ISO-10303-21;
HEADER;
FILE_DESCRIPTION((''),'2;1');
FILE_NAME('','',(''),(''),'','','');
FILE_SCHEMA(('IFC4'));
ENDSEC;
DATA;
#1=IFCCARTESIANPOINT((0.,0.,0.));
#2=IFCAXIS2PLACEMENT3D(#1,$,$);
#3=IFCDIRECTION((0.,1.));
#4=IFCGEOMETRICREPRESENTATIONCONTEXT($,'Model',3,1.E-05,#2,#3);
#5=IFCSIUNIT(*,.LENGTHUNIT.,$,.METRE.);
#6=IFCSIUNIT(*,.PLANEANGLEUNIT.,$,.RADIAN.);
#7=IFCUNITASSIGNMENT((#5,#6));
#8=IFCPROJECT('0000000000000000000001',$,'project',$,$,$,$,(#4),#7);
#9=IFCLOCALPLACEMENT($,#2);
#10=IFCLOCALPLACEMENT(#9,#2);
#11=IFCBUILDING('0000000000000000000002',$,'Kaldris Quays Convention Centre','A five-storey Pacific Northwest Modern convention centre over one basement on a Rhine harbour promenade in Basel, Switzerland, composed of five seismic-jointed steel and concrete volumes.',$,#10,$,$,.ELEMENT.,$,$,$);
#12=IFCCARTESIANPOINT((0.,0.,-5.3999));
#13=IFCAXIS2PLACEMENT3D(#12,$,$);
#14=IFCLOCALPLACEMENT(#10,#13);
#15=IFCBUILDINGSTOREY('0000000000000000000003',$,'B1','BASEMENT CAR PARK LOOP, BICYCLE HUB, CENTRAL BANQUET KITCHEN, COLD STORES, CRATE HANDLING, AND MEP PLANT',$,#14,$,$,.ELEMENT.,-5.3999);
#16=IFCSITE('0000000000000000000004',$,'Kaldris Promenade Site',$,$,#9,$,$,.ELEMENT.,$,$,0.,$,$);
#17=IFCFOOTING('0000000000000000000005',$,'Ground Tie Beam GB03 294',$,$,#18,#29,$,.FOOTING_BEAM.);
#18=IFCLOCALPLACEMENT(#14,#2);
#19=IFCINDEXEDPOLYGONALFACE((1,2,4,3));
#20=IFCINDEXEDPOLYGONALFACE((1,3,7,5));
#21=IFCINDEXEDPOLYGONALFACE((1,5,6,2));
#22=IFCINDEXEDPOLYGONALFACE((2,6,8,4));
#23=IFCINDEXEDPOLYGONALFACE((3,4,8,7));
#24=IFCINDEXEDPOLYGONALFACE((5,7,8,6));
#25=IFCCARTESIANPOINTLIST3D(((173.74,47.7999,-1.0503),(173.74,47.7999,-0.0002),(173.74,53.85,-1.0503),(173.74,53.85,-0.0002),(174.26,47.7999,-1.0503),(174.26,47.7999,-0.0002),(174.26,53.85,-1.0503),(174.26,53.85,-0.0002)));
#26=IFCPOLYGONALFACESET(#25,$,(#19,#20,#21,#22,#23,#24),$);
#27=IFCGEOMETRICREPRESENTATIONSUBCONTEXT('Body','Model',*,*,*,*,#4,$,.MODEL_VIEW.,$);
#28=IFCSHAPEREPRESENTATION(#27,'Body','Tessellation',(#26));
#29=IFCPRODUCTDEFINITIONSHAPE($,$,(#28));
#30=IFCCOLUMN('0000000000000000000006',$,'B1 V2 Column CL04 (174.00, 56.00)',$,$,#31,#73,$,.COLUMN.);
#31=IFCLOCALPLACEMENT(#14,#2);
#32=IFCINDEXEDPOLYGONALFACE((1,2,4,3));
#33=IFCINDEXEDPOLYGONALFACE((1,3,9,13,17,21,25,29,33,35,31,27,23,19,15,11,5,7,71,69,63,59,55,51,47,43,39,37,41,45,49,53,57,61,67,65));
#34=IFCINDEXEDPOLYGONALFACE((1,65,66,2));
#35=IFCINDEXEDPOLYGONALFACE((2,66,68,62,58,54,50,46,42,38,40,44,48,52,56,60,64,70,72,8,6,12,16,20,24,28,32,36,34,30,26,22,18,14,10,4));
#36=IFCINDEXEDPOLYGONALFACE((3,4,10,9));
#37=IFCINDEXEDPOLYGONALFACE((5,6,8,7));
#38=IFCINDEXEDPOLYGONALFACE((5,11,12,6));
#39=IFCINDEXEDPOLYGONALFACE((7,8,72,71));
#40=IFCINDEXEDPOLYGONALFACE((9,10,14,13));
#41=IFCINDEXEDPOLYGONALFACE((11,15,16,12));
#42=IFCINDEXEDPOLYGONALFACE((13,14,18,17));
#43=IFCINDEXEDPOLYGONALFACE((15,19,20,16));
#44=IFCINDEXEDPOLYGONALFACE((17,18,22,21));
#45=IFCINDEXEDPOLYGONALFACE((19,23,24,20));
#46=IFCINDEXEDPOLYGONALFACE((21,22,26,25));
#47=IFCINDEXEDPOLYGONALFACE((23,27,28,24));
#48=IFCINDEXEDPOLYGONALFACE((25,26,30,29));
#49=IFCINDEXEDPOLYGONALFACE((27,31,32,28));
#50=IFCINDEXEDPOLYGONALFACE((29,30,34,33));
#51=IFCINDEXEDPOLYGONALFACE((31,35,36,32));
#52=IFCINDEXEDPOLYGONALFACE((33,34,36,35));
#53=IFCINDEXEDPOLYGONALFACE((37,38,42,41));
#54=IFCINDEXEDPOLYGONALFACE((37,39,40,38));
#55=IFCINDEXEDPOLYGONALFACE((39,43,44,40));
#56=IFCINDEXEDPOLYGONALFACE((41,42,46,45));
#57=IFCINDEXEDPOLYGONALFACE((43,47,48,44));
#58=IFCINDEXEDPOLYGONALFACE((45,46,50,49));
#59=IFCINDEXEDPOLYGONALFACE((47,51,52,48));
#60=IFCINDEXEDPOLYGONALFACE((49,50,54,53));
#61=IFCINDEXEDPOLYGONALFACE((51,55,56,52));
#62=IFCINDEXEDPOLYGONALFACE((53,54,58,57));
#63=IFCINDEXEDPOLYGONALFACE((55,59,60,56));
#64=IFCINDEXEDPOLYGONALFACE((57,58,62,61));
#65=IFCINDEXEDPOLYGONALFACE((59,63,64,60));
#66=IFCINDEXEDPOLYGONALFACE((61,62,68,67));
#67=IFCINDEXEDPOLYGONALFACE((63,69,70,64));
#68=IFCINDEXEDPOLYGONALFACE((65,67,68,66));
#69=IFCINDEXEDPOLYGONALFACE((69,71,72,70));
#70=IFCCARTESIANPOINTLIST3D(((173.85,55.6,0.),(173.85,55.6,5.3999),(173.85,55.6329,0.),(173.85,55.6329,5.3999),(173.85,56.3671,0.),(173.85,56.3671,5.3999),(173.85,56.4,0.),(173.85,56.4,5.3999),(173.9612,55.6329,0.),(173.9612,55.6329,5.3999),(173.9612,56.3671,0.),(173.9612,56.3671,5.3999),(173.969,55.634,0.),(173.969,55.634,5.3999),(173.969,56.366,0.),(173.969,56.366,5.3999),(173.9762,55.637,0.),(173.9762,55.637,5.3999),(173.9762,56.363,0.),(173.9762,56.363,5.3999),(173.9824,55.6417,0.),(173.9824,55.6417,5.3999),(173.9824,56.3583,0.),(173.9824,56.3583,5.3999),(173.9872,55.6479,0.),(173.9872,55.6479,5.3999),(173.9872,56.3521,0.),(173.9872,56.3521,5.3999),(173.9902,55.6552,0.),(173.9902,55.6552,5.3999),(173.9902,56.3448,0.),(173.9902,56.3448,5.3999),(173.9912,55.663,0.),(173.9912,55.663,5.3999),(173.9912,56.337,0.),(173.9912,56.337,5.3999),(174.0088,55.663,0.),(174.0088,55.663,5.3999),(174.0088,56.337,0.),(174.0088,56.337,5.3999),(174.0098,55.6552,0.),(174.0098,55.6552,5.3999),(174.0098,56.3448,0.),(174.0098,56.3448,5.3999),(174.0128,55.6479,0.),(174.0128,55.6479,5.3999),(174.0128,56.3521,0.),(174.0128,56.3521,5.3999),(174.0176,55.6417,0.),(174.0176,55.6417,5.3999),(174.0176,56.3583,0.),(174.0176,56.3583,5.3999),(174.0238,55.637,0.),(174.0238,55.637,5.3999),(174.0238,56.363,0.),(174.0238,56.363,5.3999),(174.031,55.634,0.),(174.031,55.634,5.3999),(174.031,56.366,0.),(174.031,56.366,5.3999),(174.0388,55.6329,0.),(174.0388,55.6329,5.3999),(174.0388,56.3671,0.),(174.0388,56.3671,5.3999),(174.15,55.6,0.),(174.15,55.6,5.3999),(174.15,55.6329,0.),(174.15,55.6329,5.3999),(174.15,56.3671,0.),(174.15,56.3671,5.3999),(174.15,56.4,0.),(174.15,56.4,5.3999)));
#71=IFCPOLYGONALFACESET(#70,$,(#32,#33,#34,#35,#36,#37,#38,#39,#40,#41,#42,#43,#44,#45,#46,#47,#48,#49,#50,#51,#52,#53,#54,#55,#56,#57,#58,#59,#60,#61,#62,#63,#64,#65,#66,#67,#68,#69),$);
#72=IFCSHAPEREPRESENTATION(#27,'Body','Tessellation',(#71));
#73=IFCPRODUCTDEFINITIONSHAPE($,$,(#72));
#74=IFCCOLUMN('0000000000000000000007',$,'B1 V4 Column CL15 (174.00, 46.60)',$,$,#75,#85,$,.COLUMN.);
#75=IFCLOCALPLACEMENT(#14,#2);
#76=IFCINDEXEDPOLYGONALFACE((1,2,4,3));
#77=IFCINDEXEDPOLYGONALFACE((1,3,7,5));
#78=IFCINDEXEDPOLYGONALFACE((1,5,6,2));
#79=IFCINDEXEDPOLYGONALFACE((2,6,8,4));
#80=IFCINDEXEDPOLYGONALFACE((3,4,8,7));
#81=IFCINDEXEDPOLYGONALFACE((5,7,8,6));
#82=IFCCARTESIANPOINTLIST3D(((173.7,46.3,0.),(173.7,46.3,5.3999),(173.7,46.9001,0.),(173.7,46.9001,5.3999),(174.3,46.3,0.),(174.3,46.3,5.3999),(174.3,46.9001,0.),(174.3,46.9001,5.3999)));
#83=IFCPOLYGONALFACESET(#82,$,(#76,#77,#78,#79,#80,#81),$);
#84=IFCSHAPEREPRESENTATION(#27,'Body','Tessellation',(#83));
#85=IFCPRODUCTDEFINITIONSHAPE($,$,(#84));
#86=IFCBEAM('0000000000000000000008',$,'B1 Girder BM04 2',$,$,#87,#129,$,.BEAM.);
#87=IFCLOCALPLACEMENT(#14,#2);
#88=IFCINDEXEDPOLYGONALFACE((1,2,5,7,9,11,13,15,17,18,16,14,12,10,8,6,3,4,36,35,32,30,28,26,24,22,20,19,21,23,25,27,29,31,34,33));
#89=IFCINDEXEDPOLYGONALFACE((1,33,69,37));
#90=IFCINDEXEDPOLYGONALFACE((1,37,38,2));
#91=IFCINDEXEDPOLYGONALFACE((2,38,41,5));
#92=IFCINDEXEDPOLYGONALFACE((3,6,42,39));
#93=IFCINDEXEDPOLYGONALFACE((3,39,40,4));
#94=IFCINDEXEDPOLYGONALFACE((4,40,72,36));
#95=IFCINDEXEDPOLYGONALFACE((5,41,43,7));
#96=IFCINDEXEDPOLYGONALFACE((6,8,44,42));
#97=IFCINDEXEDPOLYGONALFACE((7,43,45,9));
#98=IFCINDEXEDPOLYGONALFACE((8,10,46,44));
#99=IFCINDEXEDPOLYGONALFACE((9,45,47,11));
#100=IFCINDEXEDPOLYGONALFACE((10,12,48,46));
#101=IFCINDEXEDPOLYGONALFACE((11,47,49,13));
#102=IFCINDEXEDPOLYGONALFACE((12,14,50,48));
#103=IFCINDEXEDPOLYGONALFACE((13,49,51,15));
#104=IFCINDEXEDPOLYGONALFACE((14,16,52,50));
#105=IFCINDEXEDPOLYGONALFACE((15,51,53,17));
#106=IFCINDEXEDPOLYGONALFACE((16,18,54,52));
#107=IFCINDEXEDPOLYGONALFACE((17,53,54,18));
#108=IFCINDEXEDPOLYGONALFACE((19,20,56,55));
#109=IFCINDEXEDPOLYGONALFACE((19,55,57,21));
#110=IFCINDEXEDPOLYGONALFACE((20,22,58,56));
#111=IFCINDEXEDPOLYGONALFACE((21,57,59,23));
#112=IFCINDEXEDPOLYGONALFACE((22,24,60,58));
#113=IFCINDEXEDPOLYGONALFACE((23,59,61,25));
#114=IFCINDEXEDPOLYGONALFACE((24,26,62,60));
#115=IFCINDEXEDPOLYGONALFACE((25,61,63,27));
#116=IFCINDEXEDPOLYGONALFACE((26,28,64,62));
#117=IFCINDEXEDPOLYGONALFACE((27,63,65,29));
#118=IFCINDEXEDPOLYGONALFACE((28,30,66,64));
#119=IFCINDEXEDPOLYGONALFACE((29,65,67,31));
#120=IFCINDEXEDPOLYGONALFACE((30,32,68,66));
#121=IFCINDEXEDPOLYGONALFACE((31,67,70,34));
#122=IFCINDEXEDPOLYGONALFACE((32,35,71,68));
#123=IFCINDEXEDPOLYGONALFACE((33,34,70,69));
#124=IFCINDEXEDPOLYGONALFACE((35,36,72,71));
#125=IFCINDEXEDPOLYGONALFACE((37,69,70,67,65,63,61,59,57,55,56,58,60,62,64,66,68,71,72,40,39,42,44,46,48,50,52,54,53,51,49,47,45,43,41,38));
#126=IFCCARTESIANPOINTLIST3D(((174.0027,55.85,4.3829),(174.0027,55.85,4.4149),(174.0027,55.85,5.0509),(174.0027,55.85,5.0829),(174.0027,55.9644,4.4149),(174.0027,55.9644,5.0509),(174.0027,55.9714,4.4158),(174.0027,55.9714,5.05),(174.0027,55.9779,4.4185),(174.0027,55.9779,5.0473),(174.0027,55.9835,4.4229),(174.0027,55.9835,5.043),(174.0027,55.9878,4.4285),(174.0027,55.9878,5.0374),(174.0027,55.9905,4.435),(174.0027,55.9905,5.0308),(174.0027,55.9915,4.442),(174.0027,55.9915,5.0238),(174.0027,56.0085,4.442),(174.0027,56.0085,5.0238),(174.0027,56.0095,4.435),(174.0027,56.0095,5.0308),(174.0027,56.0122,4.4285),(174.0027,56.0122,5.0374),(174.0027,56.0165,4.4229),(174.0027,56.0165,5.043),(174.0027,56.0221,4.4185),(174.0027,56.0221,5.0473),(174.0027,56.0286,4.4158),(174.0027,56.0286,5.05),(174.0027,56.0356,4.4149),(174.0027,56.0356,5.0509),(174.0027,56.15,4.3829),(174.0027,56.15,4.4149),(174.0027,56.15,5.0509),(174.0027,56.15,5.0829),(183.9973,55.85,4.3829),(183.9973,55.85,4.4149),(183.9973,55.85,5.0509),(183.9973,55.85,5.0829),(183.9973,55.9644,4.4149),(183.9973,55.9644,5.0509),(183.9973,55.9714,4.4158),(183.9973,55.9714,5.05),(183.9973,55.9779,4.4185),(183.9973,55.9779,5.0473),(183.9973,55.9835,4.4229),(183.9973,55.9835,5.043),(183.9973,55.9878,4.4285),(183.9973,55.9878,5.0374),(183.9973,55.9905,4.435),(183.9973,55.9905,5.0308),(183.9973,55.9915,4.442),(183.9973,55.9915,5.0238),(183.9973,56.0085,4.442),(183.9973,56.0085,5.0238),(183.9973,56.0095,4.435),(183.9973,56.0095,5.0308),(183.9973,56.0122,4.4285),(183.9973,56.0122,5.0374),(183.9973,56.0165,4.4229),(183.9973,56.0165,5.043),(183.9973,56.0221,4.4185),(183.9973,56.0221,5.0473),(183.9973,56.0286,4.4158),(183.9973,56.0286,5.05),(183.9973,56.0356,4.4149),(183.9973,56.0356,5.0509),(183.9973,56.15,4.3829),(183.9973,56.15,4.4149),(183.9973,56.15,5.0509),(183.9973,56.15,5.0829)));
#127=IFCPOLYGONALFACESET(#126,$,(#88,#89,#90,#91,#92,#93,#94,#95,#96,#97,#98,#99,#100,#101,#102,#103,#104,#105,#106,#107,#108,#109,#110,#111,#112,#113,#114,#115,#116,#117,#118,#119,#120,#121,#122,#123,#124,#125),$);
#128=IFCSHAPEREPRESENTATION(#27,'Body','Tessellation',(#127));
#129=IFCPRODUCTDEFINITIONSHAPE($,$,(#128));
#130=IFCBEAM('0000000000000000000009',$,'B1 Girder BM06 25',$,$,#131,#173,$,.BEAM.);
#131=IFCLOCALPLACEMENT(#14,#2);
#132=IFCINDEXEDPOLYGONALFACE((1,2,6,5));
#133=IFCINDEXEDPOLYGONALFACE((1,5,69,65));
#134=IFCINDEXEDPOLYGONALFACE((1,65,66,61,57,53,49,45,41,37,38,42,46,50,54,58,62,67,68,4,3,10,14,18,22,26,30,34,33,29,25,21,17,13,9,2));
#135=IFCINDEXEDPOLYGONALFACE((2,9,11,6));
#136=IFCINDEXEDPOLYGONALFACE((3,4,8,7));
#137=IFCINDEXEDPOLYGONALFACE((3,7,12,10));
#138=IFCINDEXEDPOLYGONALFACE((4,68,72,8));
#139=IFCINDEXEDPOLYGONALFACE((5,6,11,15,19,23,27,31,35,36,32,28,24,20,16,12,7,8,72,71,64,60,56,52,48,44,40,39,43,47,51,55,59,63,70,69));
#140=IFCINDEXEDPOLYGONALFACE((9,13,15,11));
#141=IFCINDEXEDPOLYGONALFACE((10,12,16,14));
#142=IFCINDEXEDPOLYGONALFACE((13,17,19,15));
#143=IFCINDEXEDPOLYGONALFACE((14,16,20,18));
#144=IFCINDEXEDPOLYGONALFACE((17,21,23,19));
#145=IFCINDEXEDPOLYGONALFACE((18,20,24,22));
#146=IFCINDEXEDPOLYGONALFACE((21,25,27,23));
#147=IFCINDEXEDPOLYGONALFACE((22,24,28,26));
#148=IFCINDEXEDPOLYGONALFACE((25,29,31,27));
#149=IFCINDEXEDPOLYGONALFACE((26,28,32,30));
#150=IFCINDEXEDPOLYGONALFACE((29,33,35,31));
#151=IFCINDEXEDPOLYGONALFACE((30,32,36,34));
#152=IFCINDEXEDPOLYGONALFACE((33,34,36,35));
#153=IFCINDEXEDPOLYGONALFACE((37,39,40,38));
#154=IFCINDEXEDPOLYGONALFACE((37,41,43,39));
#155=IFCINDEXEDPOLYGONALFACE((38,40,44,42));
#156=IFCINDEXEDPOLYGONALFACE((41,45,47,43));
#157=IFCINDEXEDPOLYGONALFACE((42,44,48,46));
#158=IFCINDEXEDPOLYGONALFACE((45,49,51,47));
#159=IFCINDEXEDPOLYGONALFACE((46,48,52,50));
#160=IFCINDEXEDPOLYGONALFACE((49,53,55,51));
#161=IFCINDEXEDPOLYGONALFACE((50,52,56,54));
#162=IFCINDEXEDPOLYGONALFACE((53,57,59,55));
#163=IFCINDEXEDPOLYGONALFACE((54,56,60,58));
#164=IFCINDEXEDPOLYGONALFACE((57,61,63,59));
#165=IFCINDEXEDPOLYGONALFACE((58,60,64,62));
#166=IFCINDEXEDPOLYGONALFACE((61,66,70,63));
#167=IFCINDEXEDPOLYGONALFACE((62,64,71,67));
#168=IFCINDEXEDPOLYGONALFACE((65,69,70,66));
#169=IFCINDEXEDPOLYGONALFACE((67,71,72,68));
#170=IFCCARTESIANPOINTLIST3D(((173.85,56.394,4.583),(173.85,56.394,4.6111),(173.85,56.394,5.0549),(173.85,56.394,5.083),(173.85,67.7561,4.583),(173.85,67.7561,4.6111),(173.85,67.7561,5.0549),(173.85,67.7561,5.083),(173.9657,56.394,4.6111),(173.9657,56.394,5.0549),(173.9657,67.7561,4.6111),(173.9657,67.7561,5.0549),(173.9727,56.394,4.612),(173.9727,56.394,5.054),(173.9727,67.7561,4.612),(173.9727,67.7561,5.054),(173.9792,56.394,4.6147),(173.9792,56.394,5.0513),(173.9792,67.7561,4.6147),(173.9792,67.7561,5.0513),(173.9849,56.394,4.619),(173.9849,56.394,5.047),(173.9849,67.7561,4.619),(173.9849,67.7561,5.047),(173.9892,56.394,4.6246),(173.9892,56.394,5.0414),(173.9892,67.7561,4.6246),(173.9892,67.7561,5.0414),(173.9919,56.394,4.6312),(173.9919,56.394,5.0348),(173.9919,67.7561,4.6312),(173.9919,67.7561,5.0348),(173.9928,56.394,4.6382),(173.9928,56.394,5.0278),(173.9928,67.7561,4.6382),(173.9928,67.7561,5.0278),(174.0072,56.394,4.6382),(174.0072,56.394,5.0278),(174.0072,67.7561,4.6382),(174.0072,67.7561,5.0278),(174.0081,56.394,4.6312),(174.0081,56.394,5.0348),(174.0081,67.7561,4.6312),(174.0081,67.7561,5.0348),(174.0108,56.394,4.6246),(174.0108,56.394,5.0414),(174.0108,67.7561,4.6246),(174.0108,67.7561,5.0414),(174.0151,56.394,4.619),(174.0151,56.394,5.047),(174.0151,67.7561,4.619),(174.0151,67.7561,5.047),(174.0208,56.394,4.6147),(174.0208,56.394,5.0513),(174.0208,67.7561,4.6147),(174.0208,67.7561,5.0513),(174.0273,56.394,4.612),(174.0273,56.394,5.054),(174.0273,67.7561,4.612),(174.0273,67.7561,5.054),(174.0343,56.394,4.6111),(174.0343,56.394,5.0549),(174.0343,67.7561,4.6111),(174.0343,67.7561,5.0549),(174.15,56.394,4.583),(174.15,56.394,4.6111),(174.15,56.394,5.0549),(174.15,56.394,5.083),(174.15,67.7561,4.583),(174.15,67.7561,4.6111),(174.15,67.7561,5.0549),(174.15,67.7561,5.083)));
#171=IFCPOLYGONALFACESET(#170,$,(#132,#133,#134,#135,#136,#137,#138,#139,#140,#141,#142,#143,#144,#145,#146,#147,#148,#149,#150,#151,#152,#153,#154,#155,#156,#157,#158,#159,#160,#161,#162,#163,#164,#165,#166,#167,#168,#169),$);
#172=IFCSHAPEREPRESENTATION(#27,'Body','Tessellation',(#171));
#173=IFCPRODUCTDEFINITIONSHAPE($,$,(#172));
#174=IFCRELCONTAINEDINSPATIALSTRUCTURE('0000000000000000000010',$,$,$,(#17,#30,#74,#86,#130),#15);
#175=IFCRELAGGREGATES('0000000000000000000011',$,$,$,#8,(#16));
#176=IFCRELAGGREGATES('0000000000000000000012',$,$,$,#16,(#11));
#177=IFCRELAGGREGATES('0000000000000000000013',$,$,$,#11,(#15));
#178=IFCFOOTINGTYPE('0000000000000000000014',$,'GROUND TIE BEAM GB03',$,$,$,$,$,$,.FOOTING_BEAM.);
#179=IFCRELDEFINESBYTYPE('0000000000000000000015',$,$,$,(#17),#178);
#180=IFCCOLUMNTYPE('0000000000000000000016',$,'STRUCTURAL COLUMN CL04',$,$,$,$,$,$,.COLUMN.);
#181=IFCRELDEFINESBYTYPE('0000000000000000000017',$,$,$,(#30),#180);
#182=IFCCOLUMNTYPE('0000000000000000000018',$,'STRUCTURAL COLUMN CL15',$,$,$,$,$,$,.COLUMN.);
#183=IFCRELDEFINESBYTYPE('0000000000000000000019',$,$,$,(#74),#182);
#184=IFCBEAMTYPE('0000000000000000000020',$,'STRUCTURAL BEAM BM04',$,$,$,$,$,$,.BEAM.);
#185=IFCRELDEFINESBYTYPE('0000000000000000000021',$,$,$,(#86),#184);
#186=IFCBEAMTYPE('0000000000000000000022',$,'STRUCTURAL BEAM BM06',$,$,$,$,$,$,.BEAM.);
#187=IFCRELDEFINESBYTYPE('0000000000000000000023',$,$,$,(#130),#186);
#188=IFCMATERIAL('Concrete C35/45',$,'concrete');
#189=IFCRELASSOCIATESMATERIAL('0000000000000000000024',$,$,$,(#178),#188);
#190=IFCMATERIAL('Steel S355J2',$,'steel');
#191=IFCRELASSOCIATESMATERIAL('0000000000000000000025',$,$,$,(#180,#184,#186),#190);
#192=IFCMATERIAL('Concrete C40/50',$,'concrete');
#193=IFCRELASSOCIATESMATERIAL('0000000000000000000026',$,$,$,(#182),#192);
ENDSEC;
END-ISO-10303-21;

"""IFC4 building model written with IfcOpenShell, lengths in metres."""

from ifc_helpers import new_model, si_unit, direction, frame, origin, origin_2d, place, context, subcontext, project, spatial, rectangle, i_section, extrude, material, material_profile, profile_set, type_object, element, save


model = new_model("IFC4")

# Units and contexts
model_context = context("Model", 3, precision=1e-05, world=origin(), true_north=direction((0.0, 1.0)))
body_context = subcontext(model_context, "Body", "Model", "MODEL_VIEW")
ifc_project = project(units=[si_unit("LENGTHUNIT", "METRE"), si_unit("PLANEANGLEUNIT", "RADIAN")], contexts=[model_context])

# Site, building, storey
site_placement = place(None, origin())
site = spatial("IfcSite", under=ifc_project, at=site_placement, Name="Kaldris Promenade Site", CompositionType="ELEMENT", RefElevation=0.0)
building_placement = place(site_placement, origin())
building = spatial("IfcBuilding", under=site, at=building_placement, Name="Kaldris Quays Convention Centre", Description="A five-storey Pacific Northwest Modern convention centre over one basement on a Rhine harbour promenade in Basel, Switzerland, composed of five seismic-jointed steel and concrete volumes.", CompositionType="ELEMENT")
storey_placement = place(building_placement, frame((0.0, 0.0, -5.3999)))
storey = spatial("IfcBuildingStorey", under=building, at=storey_placement, Name="B1", Description="BASEMENT CAR PARK LOOP, BICYCLE HUB, CENTRAL BANQUET KITCHEN, COLD STORES, CRATE HANDLING, AND MEP PLANT", CompositionType="ELEMENT", Elevation=-5.3999)

# Shared definitions
ifc_material_1 = material(Name="Concrete C35/45", Category="concrete")

# Footing
footing_type_1 = type_object("IfcFootingType", Name="GROUND TIE BEAM GB03", PredefinedType="FOOTING_BEAM", material=ifc_material_1)
footing_1_placement = place(storey_placement, frame((174.0, 50.825, -1.0503), z_axis=(0.0, 0.0, 1.0), x_axis=(1.0, 0.0, 0.0)))
element("IfcFooting", 1, at=footing_1_placement, inside=storey, type_object=footing_type_1, Name="Ground Tie Beam GB03 294", PredefinedType="FOOTING_BEAM", context=body_context, shape_type="SweptSolid", body=[
    extrude(rectangle(XDim=0.52, YDim=6.05, at=origin_2d()), origin(), (0.0, 0.0, 1.0), 1.05),
])

# Columns
ifc_material_2 = material(Name="Steel S355J2", Category="steel")
ifc_material_profile_1 = material_profile(ifc_material_2, i_section(OverallWidth=0.3, OverallDepth=0.8, WebThickness=0.0176, FlangeThickness=0.033, FilletRadius=0.03, at=origin_2d()), Name="HEB 800")
ifc_profile_set_1 = profile_set([ifc_material_profile_1], Name="Steel S355J2")
column_type_1 = type_object("IfcColumnType", Name="STRUCTURAL COLUMN CL04", PredefinedType="COLUMN", material=ifc_profile_set_1)
column_1_placement = place(storey_placement, frame((174.0, 56.0, 0.0), z_axis=(0.0, 0.0, 1.0), x_axis=(1.0, 0.0, 0.0)))
element("IfcColumn", 2, at=column_1_placement, inside=storey, type_object=column_type_1, Name="B1 V2 Column CL04 (174.00, 56.00)", PredefinedType="COLUMN", context=body_context, shape_type="SweptSolid", body=[
    extrude(i_section(OverallWidth=0.3, OverallDepth=0.8, WebThickness=0.0176, FlangeThickness=0.033, FilletRadius=0.03, at=origin_2d()), origin(), (0.0, 0.0, 1.0), 5.3999),
])
ifc_material_3 = material(Name="Concrete C40/50", Category="concrete")
ifc_material_profile_2 = material_profile(ifc_material_3, rectangle(XDim=0.6001, YDim=0.6001, at=origin_2d()), Name="RC 600x600")
ifc_profile_set_2 = profile_set([ifc_material_profile_2], Name="Concrete C40/50")
column_type_2 = type_object("IfcColumnType", Name="STRUCTURAL COLUMN CL15", PredefinedType="COLUMN", material=ifc_profile_set_2)
column_2_placement = place(storey_placement, frame((174.0, 46.6001, 0.0), z_axis=(0.0, 0.0, 1.0), x_axis=(1.0, 0.0, 0.0)))
element("IfcColumn", 3, at=column_2_placement, inside=storey, type_object=column_type_2, Name="B1 V4 Column CL15 (174.00, 46.60)", PredefinedType="COLUMN", context=body_context, shape_type="SweptSolid", body=[
    extrude(rectangle(XDim=0.6001, YDim=0.6001, at=origin_2d()), origin(), (0.0, 0.0, 1.0), 5.3999),
])

# Beams
ifc_material_profile_3 = material_profile(ifc_material_2, i_section(OverallWidth=0.3, OverallDepth=0.7, WebThickness=0.0171, FlangeThickness=0.032, FilletRadius=0.0271, at=origin_2d()), Name="HEB 700")
ifc_profile_set_3 = profile_set([ifc_material_profile_3], Name="Steel S355J2")
beam_type_1 = type_object("IfcBeamType", Name="STRUCTURAL BEAM BM04", PredefinedType="BEAM", material=ifc_profile_set_3)
beam_1_placement = place(storey_placement, frame((174.0027, 56.0, 4.7329), z_axis=(1.0, 0.0, 0.0), x_axis=(0.0, 1.0, 0.0)))
element("IfcBeam", 4, at=beam_1_placement, inside=storey, type_object=beam_type_1, Name="B1 Girder BM04 2", PredefinedType="BEAM", context=body_context, shape_type="SweptSolid", body=[
    extrude(i_section(OverallWidth=0.3, OverallDepth=0.7, WebThickness=0.0171, FlangeThickness=0.032, FilletRadius=0.0271, at=origin_2d()), origin(), (0.0, 0.0, 1.0), 9.9946),
])
ifc_material_profile_4 = material_profile(ifc_material_2, i_section(OverallWidth=0.3, OverallDepth=0.5, WebThickness=0.0144, FlangeThickness=0.0281, FilletRadius=0.0271, at=origin_2d()), Name="HEB 500")
ifc_profile_set_4 = profile_set([ifc_material_profile_4], Name="Steel S355J2")
beam_type_2 = type_object("IfcBeamType", Name="STRUCTURAL BEAM BM06", PredefinedType="BEAM", material=ifc_profile_set_4)
beam_2_placement = place(storey_placement, frame((174.0, 56.394, 4.833), z_axis=(0.0, 1.0, 0.0), x_axis=(-1.0, 0.0, 0.0)))
element("IfcBeam", 5, at=beam_2_placement, inside=storey, type_object=beam_type_2, Name="B1 Girder BM06 25", PredefinedType="BEAM", context=body_context, shape_type="SweptSolid", body=[
    extrude(i_section(OverallWidth=0.3, OverallDepth=0.5, WebThickness=0.0144, FlangeThickness=0.0281, FilletRadius=0.0271, at=origin_2d()), origin(), (0.0, 0.0, 1.0), 11.3621),
])

save(model, "model.ifc")
